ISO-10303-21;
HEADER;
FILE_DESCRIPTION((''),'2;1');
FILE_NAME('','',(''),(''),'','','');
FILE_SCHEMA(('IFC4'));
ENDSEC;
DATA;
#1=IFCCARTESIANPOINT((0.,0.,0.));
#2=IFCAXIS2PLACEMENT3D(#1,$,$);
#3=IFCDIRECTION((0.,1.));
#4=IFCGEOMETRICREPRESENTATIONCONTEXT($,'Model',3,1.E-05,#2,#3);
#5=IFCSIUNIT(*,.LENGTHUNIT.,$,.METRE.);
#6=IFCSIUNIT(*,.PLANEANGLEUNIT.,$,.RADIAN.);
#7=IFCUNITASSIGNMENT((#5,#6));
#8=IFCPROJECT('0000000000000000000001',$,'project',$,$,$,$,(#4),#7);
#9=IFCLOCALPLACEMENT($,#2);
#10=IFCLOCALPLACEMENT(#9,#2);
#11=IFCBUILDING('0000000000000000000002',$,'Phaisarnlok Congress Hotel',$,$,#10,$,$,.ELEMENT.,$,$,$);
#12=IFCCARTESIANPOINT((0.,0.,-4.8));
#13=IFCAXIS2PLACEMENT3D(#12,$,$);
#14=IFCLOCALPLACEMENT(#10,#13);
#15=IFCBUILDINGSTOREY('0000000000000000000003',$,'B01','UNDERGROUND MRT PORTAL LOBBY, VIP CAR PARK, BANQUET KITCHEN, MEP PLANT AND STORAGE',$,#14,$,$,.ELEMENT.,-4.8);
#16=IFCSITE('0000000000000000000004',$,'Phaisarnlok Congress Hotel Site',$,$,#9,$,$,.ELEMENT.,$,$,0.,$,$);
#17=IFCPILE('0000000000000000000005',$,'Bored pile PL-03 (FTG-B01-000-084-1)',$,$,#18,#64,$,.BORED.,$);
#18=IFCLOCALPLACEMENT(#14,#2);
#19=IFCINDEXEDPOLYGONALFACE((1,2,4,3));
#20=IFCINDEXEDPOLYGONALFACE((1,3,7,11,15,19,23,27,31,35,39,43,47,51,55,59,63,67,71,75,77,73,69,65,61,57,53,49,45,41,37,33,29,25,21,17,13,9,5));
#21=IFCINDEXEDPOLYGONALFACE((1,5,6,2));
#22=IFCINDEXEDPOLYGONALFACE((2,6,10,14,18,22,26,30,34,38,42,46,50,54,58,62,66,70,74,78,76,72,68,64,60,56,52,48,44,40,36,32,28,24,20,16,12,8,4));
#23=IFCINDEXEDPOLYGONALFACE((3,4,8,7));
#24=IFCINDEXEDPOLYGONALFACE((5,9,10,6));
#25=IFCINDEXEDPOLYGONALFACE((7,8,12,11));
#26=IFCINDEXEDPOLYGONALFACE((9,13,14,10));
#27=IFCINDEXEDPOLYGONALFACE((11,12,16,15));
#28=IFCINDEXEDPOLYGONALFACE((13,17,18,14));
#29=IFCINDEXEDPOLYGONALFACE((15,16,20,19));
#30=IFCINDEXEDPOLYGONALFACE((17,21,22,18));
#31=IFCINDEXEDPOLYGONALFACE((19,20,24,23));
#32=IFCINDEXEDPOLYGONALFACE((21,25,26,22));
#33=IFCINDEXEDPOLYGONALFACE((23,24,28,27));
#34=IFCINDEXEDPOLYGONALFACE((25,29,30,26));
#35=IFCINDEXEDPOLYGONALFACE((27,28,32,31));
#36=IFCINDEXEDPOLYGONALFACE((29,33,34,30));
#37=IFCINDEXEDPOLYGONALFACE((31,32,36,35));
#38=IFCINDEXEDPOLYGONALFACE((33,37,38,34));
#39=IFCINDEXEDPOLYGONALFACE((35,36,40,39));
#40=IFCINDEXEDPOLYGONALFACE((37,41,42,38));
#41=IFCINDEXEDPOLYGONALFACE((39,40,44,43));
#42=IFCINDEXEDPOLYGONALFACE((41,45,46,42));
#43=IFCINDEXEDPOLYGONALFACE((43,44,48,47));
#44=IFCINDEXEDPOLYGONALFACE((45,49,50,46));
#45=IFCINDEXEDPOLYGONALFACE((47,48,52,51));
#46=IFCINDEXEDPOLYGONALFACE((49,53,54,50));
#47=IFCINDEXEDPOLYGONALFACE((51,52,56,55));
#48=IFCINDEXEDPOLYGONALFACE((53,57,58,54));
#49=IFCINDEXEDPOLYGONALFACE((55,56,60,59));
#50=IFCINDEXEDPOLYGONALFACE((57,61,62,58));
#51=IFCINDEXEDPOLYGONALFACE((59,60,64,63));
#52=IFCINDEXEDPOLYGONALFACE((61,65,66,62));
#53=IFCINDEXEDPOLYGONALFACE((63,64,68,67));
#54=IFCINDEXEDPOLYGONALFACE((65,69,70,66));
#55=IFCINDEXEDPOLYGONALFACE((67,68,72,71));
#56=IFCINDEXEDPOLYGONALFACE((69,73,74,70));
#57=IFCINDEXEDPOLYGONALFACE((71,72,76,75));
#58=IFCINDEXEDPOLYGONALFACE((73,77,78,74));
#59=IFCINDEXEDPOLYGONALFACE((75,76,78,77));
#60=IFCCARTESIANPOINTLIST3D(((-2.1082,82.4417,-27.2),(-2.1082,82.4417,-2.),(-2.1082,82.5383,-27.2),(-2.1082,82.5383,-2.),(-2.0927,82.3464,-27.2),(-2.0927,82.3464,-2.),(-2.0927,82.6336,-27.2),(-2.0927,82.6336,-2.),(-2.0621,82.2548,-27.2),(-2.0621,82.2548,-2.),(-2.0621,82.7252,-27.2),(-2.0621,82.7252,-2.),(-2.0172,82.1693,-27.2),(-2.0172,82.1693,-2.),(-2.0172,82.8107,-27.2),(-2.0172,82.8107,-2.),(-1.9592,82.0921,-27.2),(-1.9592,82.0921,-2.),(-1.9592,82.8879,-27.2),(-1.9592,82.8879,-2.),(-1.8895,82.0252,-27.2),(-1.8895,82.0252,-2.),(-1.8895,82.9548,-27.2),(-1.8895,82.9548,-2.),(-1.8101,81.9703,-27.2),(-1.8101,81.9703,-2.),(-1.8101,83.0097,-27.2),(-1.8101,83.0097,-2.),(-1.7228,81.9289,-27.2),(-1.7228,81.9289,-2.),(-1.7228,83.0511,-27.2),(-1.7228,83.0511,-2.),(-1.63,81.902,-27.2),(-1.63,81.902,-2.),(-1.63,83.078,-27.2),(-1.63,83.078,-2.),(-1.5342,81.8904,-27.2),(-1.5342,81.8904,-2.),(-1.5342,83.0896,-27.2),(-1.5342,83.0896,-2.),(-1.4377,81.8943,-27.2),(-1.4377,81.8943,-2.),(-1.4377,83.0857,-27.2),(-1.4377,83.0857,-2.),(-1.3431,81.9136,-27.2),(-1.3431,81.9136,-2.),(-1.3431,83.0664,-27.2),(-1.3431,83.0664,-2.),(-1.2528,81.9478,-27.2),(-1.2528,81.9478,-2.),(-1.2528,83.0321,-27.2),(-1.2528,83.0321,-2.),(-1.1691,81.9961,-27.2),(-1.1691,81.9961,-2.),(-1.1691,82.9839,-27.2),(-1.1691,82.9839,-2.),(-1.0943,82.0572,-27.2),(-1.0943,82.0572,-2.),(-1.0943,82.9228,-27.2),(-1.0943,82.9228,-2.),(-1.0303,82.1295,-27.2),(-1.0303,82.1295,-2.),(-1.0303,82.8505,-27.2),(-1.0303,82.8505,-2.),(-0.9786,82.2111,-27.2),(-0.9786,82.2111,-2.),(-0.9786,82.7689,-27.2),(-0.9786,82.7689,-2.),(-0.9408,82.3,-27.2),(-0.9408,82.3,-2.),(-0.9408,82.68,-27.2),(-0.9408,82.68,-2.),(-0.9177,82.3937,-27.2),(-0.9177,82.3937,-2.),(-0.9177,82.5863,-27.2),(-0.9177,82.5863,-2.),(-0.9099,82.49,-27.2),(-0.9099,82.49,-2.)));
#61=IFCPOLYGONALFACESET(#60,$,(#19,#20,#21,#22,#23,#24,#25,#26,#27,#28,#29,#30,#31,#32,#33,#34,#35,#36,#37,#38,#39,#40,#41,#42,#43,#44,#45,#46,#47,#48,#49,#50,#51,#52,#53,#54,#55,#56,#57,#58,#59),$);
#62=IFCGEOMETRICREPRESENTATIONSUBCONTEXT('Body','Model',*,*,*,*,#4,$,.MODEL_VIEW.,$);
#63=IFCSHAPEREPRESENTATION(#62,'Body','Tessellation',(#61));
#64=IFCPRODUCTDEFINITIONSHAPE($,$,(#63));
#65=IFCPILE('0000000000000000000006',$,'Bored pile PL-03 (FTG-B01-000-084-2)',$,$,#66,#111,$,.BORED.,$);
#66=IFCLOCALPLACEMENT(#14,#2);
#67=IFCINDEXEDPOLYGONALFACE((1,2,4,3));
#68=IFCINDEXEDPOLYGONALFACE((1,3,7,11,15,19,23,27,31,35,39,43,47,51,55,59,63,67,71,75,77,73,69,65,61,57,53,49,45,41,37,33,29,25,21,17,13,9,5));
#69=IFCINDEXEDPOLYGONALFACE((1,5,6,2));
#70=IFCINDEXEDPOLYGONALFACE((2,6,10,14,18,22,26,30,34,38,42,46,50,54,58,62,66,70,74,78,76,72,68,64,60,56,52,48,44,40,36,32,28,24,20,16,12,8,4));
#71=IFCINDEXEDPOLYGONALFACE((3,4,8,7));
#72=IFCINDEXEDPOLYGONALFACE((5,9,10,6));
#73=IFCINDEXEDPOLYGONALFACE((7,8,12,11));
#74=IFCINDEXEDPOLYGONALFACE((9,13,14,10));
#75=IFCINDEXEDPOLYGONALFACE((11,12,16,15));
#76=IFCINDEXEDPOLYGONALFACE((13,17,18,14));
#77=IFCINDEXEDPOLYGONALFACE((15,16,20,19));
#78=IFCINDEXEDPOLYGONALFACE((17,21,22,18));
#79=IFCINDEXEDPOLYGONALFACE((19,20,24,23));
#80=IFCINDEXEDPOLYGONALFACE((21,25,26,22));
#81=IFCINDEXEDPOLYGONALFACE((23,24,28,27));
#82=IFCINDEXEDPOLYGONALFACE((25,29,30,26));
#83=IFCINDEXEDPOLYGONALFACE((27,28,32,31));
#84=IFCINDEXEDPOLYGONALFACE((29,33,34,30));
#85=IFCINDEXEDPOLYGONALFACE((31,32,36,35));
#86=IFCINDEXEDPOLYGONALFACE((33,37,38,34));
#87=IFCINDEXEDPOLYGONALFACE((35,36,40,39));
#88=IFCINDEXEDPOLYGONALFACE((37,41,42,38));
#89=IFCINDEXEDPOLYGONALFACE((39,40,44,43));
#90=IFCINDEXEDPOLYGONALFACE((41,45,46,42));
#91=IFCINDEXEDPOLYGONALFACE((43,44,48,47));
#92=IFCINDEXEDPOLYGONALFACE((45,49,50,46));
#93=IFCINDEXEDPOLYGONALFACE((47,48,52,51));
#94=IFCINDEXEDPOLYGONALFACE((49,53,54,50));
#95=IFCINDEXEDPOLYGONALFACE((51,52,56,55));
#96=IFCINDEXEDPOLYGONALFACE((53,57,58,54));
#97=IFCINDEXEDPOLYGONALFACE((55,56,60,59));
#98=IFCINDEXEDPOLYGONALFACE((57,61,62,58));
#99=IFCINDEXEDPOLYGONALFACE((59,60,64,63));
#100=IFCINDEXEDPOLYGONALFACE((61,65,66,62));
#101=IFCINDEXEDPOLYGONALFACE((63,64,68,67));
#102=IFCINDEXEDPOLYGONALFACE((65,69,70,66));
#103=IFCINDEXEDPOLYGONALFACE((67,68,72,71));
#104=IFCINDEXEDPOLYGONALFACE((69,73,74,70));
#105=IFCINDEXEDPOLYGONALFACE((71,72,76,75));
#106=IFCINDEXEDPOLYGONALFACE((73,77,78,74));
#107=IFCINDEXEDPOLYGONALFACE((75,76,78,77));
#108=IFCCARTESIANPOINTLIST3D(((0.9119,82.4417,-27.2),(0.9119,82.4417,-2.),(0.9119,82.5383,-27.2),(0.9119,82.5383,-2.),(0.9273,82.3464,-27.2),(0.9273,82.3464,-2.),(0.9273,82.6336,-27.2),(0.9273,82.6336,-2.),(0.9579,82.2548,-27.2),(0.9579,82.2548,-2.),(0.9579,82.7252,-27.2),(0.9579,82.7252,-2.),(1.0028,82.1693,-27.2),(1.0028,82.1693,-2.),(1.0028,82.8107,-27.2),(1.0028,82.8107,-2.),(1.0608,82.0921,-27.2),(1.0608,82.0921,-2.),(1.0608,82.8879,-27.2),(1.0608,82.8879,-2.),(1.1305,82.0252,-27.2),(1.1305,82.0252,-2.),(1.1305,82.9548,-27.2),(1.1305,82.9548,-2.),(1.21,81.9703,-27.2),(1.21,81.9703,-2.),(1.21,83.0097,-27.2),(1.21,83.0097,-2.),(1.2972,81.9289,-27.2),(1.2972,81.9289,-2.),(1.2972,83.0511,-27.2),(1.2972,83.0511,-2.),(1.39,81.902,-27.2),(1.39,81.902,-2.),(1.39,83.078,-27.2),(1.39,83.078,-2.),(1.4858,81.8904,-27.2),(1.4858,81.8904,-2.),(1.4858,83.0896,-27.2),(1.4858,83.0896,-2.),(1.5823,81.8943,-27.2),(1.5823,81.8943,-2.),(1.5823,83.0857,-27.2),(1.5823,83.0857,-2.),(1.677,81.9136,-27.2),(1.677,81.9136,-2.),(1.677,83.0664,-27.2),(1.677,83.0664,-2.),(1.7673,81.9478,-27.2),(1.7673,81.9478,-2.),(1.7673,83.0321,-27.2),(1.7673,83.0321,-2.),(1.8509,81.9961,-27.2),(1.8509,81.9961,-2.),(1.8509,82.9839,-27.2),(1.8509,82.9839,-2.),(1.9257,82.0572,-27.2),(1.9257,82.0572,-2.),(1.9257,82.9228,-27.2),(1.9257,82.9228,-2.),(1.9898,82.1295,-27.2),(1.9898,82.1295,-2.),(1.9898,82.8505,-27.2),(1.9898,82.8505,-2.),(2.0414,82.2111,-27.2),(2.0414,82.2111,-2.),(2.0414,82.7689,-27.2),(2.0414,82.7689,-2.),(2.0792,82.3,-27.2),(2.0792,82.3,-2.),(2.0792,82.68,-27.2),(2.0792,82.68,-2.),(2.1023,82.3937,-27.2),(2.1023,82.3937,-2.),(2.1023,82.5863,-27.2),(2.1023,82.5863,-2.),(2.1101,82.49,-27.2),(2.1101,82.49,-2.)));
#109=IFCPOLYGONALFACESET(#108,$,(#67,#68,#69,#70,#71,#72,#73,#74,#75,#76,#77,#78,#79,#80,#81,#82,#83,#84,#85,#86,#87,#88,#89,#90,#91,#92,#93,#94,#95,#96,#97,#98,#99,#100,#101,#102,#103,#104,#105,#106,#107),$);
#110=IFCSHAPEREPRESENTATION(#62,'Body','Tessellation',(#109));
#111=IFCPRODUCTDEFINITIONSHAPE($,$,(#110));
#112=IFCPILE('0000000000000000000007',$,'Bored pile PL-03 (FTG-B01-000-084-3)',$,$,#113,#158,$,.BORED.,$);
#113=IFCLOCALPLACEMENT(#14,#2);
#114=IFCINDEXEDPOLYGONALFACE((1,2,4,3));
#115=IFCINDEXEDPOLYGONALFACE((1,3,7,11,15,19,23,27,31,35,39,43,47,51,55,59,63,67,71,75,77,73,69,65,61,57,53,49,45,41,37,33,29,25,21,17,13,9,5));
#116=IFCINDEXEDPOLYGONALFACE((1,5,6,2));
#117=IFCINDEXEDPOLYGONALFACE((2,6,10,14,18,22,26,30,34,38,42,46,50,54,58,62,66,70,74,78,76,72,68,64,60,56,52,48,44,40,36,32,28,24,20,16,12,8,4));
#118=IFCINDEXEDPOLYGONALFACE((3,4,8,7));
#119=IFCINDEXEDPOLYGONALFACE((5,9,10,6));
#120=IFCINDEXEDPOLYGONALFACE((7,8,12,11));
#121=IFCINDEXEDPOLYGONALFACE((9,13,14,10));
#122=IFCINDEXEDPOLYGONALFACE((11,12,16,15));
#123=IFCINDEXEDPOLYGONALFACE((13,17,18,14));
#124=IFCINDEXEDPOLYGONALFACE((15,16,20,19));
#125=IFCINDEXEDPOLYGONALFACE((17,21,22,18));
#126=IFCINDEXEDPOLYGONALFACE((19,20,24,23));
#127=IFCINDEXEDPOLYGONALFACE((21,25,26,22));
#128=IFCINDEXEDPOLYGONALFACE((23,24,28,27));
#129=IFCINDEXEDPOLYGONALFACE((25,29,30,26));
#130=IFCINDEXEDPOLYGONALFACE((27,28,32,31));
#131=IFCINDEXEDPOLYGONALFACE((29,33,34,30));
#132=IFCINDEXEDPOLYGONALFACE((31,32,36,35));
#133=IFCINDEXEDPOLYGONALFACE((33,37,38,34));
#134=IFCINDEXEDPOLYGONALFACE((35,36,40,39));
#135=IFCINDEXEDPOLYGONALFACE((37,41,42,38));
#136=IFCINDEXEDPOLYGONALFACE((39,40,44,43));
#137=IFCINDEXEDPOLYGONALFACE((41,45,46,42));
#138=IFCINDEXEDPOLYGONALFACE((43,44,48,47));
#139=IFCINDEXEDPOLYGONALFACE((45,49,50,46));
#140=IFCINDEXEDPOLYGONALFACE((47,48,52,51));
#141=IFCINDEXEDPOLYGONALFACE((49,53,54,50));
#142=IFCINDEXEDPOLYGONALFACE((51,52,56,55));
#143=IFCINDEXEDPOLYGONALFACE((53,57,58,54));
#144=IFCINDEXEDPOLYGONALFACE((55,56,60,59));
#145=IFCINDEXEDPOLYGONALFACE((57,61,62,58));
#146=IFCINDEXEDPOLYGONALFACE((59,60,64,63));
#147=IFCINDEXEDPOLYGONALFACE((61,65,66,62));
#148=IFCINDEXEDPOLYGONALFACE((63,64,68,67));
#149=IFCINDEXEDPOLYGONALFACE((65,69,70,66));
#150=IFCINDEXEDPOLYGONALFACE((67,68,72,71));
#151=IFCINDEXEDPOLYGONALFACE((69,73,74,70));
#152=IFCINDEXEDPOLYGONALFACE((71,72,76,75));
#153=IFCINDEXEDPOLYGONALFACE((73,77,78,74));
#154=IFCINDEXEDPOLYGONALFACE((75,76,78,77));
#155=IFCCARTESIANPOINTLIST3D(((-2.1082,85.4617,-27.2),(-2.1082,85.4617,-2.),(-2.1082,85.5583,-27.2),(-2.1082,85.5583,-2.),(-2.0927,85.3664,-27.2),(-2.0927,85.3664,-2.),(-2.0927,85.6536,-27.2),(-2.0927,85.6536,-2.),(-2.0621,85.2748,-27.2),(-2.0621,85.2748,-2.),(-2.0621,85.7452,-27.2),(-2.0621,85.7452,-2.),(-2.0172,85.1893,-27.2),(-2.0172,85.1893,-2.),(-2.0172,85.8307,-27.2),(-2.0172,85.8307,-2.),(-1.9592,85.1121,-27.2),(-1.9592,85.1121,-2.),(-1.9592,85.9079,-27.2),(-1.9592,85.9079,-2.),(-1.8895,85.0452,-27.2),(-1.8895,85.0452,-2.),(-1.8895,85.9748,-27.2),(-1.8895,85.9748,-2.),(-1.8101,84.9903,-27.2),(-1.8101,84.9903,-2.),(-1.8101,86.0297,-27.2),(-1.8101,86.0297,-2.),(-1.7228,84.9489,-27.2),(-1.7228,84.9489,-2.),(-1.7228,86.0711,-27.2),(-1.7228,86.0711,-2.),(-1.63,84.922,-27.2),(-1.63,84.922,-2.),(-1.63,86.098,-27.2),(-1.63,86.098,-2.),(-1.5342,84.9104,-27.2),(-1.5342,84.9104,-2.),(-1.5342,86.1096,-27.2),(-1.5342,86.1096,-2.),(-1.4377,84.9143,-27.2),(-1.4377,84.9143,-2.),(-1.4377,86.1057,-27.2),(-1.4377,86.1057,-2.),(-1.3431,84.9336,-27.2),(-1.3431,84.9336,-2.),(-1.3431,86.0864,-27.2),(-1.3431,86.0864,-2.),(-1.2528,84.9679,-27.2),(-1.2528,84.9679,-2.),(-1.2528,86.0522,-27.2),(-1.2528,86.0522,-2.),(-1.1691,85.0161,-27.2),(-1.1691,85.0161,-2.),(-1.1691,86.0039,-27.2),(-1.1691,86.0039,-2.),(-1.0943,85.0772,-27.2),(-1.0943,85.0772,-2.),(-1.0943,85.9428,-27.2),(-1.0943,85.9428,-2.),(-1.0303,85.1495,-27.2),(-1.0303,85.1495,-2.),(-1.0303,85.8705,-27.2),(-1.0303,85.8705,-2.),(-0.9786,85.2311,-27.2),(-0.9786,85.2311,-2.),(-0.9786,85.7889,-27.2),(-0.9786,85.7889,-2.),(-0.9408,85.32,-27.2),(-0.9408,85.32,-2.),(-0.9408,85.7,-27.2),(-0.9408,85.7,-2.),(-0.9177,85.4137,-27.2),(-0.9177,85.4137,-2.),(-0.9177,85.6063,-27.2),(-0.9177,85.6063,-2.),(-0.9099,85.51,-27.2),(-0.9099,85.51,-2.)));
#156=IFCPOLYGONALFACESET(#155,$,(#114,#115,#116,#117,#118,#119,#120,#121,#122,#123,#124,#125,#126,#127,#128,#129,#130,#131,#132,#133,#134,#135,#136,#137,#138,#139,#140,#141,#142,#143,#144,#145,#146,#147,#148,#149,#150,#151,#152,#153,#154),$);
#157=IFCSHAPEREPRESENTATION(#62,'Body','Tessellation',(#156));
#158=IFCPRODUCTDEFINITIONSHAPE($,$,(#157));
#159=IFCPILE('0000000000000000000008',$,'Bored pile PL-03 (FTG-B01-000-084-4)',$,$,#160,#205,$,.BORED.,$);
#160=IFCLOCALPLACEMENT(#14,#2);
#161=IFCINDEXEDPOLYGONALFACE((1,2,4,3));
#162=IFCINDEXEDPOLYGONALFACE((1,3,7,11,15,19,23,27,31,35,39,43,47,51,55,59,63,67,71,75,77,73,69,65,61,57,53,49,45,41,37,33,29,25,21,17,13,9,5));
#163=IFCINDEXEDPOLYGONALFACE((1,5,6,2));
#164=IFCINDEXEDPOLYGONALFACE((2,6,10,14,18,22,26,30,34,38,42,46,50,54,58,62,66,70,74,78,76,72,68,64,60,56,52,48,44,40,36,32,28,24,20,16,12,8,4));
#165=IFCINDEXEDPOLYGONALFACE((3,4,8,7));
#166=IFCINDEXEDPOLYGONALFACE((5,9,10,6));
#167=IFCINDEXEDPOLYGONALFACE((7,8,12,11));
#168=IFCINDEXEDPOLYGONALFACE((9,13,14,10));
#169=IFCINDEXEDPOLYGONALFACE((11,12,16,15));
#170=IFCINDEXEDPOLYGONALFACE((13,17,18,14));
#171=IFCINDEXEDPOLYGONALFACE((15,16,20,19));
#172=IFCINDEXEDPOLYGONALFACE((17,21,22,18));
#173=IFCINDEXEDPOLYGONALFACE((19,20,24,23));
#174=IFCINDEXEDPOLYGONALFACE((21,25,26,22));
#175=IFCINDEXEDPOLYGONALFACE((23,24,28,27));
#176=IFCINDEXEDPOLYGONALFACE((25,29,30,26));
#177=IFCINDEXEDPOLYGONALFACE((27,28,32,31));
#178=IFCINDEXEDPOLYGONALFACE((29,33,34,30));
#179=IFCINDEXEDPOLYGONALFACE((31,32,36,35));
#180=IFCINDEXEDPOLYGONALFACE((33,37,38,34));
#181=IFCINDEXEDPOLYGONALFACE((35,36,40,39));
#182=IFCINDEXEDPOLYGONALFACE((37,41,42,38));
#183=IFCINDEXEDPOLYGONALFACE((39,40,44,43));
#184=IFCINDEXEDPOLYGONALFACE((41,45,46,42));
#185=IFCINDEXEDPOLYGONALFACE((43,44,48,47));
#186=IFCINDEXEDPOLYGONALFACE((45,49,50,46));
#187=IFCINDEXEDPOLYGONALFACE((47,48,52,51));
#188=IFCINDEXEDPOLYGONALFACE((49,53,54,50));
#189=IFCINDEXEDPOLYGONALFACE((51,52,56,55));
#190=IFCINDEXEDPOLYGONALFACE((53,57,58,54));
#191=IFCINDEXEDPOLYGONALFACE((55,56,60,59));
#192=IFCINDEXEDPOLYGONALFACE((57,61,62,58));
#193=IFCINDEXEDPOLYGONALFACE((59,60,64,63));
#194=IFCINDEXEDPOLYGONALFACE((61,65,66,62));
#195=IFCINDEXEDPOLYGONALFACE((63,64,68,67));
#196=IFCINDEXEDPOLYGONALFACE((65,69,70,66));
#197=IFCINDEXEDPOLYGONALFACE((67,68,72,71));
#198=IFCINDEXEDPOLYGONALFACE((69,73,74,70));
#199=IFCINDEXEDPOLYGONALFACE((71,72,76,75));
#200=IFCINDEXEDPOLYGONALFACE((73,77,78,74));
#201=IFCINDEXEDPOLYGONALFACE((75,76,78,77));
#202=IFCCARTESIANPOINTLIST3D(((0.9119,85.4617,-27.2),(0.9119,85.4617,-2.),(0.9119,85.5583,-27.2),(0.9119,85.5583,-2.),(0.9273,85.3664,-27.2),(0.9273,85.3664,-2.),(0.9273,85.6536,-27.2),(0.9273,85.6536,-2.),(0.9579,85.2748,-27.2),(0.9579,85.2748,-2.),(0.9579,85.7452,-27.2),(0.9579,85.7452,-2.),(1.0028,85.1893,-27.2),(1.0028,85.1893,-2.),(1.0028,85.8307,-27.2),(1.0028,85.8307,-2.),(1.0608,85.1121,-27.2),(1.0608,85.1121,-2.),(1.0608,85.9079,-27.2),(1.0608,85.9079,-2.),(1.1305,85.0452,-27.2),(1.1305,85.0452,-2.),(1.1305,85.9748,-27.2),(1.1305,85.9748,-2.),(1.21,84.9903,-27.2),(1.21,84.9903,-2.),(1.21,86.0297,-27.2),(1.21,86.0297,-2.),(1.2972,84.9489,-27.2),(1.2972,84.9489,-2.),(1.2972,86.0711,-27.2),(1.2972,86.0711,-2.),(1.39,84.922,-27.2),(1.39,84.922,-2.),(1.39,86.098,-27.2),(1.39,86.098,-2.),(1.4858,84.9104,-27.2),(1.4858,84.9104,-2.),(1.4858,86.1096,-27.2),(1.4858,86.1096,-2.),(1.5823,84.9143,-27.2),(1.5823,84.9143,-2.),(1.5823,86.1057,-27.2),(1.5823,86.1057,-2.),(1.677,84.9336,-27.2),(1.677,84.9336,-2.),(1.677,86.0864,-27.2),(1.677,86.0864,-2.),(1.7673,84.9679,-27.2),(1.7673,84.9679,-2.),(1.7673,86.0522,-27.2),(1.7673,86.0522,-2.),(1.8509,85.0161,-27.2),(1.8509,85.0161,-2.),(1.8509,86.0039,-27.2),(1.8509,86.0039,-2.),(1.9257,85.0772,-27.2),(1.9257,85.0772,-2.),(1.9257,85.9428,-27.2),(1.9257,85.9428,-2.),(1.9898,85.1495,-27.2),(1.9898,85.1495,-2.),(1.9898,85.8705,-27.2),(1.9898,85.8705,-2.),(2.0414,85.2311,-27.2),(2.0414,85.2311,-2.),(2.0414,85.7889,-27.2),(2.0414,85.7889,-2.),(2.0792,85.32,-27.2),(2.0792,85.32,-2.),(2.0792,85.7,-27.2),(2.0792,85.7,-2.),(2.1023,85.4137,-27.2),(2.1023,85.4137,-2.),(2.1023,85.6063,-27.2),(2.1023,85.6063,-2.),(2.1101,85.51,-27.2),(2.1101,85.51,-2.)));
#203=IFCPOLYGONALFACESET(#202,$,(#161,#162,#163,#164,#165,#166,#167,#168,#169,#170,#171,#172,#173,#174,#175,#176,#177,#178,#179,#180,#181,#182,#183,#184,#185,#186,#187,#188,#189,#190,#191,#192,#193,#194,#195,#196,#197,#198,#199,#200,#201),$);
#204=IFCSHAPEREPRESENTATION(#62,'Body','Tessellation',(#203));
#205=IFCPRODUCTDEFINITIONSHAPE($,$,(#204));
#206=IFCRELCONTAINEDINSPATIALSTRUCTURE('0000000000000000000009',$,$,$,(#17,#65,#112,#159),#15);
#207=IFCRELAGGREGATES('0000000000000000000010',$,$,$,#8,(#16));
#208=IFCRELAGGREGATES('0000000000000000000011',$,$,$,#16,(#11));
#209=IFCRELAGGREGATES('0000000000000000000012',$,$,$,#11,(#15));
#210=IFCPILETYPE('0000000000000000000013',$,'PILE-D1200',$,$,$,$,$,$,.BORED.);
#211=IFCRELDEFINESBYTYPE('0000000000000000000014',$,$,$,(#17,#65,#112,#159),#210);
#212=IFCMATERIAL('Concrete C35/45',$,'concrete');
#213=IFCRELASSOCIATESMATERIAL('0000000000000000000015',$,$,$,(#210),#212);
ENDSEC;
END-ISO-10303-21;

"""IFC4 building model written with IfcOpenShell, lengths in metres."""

from ifc_helpers import new_model, si_unit, direction, frame, origin, origin_2d, place, context, subcontext, project, spatial, circle, extrude, material, material_profile, profile_set, type_object, element, save


model = new_model("IFC4")

# Units and contexts
model_context = context("Model", 3, precision=1e-05, world=origin(), true_north=direction((0.0, 1.0)))
body_context = subcontext(model_context, "Body", "Model", "MODEL_VIEW")
ifc_project = project(units=[si_unit("LENGTHUNIT", "METRE"), si_unit("PLANEANGLEUNIT", "RADIAN")], contexts=[model_context])

# Site, building, storey
site_placement = place(None, origin())
site = spatial("IfcSite", under=ifc_project, at=site_placement, Name="Phaisarnlok Congress Hotel Site", CompositionType="ELEMENT", RefElevation=0.0)
building_placement = place(site_placement, origin())
building = spatial("IfcBuilding", under=site, at=building_placement, Name="Phaisarnlok Congress Hotel", CompositionType="ELEMENT")
storey_placement = place(building_placement, frame((0.0, 0.0, -4.8)))
storey = spatial("IfcBuildingStorey", under=building, at=storey_placement, Name="B01", Description="UNDERGROUND MRT PORTAL LOBBY, VIP CAR PARK, BANQUET KITCHEN, MEP PLANT AND STORAGE", CompositionType="ELEMENT", Elevation=-4.8)

# Piles
ifc_material_1 = material(Name="Concrete C35/45", Category="concrete")
ifc_material_profile_1 = material_profile(ifc_material_1, circle(Radius=0.6001, at=origin_2d()), Name="BORED PILE D1200")
ifc_profile_set_1 = profile_set([ifc_material_profile_1], Name="Concrete C35/45")
pile_type_1 = type_object("IfcPileType", Name="PILE-D1200", PredefinedType="BORED", material=ifc_profile_set_1)
for number, where, z_axis, x_axis, name in (
    (1, (-1.51, 82.49, -2.0), (0.0, 0.0, -1.0), (1.0, 0.0, 0.0), "Bored pile PL-03 (FTG-B01-000-084-1)"),
    (2, (1.51, 82.49, -2.0), (0.0, 0.0, -1.0), (1.0, 0.0, 0.0), "Bored pile PL-03 (FTG-B01-000-084-2)"),
    (3, (-1.51, 85.51, -2.0), (0.0, 0.0, -1.0), (1.0, 0.0, 0.0), "Bored pile PL-03 (FTG-B01-000-084-3)"),
    (4, (1.51, 85.51, -2.0), (0.0, 0.0, -1.0), (1.0, 0.0, 0.0), "Bored pile PL-03 (FTG-B01-000-084-4)"),
):
    element("IfcPile", number, at=place(storey_placement, frame(where, z_axis=z_axis, x_axis=x_axis)), inside=storey, type_object=pile_type_1, Name=name, PredefinedType="BORED", context=body_context, shape_type="SweptSolid", body=[
        extrude(circle(Radius=0.6001, at=origin_2d()), origin(), (0.0, 0.0, 1.0), 25.2),
    ])

save(model, "model.ifc")
